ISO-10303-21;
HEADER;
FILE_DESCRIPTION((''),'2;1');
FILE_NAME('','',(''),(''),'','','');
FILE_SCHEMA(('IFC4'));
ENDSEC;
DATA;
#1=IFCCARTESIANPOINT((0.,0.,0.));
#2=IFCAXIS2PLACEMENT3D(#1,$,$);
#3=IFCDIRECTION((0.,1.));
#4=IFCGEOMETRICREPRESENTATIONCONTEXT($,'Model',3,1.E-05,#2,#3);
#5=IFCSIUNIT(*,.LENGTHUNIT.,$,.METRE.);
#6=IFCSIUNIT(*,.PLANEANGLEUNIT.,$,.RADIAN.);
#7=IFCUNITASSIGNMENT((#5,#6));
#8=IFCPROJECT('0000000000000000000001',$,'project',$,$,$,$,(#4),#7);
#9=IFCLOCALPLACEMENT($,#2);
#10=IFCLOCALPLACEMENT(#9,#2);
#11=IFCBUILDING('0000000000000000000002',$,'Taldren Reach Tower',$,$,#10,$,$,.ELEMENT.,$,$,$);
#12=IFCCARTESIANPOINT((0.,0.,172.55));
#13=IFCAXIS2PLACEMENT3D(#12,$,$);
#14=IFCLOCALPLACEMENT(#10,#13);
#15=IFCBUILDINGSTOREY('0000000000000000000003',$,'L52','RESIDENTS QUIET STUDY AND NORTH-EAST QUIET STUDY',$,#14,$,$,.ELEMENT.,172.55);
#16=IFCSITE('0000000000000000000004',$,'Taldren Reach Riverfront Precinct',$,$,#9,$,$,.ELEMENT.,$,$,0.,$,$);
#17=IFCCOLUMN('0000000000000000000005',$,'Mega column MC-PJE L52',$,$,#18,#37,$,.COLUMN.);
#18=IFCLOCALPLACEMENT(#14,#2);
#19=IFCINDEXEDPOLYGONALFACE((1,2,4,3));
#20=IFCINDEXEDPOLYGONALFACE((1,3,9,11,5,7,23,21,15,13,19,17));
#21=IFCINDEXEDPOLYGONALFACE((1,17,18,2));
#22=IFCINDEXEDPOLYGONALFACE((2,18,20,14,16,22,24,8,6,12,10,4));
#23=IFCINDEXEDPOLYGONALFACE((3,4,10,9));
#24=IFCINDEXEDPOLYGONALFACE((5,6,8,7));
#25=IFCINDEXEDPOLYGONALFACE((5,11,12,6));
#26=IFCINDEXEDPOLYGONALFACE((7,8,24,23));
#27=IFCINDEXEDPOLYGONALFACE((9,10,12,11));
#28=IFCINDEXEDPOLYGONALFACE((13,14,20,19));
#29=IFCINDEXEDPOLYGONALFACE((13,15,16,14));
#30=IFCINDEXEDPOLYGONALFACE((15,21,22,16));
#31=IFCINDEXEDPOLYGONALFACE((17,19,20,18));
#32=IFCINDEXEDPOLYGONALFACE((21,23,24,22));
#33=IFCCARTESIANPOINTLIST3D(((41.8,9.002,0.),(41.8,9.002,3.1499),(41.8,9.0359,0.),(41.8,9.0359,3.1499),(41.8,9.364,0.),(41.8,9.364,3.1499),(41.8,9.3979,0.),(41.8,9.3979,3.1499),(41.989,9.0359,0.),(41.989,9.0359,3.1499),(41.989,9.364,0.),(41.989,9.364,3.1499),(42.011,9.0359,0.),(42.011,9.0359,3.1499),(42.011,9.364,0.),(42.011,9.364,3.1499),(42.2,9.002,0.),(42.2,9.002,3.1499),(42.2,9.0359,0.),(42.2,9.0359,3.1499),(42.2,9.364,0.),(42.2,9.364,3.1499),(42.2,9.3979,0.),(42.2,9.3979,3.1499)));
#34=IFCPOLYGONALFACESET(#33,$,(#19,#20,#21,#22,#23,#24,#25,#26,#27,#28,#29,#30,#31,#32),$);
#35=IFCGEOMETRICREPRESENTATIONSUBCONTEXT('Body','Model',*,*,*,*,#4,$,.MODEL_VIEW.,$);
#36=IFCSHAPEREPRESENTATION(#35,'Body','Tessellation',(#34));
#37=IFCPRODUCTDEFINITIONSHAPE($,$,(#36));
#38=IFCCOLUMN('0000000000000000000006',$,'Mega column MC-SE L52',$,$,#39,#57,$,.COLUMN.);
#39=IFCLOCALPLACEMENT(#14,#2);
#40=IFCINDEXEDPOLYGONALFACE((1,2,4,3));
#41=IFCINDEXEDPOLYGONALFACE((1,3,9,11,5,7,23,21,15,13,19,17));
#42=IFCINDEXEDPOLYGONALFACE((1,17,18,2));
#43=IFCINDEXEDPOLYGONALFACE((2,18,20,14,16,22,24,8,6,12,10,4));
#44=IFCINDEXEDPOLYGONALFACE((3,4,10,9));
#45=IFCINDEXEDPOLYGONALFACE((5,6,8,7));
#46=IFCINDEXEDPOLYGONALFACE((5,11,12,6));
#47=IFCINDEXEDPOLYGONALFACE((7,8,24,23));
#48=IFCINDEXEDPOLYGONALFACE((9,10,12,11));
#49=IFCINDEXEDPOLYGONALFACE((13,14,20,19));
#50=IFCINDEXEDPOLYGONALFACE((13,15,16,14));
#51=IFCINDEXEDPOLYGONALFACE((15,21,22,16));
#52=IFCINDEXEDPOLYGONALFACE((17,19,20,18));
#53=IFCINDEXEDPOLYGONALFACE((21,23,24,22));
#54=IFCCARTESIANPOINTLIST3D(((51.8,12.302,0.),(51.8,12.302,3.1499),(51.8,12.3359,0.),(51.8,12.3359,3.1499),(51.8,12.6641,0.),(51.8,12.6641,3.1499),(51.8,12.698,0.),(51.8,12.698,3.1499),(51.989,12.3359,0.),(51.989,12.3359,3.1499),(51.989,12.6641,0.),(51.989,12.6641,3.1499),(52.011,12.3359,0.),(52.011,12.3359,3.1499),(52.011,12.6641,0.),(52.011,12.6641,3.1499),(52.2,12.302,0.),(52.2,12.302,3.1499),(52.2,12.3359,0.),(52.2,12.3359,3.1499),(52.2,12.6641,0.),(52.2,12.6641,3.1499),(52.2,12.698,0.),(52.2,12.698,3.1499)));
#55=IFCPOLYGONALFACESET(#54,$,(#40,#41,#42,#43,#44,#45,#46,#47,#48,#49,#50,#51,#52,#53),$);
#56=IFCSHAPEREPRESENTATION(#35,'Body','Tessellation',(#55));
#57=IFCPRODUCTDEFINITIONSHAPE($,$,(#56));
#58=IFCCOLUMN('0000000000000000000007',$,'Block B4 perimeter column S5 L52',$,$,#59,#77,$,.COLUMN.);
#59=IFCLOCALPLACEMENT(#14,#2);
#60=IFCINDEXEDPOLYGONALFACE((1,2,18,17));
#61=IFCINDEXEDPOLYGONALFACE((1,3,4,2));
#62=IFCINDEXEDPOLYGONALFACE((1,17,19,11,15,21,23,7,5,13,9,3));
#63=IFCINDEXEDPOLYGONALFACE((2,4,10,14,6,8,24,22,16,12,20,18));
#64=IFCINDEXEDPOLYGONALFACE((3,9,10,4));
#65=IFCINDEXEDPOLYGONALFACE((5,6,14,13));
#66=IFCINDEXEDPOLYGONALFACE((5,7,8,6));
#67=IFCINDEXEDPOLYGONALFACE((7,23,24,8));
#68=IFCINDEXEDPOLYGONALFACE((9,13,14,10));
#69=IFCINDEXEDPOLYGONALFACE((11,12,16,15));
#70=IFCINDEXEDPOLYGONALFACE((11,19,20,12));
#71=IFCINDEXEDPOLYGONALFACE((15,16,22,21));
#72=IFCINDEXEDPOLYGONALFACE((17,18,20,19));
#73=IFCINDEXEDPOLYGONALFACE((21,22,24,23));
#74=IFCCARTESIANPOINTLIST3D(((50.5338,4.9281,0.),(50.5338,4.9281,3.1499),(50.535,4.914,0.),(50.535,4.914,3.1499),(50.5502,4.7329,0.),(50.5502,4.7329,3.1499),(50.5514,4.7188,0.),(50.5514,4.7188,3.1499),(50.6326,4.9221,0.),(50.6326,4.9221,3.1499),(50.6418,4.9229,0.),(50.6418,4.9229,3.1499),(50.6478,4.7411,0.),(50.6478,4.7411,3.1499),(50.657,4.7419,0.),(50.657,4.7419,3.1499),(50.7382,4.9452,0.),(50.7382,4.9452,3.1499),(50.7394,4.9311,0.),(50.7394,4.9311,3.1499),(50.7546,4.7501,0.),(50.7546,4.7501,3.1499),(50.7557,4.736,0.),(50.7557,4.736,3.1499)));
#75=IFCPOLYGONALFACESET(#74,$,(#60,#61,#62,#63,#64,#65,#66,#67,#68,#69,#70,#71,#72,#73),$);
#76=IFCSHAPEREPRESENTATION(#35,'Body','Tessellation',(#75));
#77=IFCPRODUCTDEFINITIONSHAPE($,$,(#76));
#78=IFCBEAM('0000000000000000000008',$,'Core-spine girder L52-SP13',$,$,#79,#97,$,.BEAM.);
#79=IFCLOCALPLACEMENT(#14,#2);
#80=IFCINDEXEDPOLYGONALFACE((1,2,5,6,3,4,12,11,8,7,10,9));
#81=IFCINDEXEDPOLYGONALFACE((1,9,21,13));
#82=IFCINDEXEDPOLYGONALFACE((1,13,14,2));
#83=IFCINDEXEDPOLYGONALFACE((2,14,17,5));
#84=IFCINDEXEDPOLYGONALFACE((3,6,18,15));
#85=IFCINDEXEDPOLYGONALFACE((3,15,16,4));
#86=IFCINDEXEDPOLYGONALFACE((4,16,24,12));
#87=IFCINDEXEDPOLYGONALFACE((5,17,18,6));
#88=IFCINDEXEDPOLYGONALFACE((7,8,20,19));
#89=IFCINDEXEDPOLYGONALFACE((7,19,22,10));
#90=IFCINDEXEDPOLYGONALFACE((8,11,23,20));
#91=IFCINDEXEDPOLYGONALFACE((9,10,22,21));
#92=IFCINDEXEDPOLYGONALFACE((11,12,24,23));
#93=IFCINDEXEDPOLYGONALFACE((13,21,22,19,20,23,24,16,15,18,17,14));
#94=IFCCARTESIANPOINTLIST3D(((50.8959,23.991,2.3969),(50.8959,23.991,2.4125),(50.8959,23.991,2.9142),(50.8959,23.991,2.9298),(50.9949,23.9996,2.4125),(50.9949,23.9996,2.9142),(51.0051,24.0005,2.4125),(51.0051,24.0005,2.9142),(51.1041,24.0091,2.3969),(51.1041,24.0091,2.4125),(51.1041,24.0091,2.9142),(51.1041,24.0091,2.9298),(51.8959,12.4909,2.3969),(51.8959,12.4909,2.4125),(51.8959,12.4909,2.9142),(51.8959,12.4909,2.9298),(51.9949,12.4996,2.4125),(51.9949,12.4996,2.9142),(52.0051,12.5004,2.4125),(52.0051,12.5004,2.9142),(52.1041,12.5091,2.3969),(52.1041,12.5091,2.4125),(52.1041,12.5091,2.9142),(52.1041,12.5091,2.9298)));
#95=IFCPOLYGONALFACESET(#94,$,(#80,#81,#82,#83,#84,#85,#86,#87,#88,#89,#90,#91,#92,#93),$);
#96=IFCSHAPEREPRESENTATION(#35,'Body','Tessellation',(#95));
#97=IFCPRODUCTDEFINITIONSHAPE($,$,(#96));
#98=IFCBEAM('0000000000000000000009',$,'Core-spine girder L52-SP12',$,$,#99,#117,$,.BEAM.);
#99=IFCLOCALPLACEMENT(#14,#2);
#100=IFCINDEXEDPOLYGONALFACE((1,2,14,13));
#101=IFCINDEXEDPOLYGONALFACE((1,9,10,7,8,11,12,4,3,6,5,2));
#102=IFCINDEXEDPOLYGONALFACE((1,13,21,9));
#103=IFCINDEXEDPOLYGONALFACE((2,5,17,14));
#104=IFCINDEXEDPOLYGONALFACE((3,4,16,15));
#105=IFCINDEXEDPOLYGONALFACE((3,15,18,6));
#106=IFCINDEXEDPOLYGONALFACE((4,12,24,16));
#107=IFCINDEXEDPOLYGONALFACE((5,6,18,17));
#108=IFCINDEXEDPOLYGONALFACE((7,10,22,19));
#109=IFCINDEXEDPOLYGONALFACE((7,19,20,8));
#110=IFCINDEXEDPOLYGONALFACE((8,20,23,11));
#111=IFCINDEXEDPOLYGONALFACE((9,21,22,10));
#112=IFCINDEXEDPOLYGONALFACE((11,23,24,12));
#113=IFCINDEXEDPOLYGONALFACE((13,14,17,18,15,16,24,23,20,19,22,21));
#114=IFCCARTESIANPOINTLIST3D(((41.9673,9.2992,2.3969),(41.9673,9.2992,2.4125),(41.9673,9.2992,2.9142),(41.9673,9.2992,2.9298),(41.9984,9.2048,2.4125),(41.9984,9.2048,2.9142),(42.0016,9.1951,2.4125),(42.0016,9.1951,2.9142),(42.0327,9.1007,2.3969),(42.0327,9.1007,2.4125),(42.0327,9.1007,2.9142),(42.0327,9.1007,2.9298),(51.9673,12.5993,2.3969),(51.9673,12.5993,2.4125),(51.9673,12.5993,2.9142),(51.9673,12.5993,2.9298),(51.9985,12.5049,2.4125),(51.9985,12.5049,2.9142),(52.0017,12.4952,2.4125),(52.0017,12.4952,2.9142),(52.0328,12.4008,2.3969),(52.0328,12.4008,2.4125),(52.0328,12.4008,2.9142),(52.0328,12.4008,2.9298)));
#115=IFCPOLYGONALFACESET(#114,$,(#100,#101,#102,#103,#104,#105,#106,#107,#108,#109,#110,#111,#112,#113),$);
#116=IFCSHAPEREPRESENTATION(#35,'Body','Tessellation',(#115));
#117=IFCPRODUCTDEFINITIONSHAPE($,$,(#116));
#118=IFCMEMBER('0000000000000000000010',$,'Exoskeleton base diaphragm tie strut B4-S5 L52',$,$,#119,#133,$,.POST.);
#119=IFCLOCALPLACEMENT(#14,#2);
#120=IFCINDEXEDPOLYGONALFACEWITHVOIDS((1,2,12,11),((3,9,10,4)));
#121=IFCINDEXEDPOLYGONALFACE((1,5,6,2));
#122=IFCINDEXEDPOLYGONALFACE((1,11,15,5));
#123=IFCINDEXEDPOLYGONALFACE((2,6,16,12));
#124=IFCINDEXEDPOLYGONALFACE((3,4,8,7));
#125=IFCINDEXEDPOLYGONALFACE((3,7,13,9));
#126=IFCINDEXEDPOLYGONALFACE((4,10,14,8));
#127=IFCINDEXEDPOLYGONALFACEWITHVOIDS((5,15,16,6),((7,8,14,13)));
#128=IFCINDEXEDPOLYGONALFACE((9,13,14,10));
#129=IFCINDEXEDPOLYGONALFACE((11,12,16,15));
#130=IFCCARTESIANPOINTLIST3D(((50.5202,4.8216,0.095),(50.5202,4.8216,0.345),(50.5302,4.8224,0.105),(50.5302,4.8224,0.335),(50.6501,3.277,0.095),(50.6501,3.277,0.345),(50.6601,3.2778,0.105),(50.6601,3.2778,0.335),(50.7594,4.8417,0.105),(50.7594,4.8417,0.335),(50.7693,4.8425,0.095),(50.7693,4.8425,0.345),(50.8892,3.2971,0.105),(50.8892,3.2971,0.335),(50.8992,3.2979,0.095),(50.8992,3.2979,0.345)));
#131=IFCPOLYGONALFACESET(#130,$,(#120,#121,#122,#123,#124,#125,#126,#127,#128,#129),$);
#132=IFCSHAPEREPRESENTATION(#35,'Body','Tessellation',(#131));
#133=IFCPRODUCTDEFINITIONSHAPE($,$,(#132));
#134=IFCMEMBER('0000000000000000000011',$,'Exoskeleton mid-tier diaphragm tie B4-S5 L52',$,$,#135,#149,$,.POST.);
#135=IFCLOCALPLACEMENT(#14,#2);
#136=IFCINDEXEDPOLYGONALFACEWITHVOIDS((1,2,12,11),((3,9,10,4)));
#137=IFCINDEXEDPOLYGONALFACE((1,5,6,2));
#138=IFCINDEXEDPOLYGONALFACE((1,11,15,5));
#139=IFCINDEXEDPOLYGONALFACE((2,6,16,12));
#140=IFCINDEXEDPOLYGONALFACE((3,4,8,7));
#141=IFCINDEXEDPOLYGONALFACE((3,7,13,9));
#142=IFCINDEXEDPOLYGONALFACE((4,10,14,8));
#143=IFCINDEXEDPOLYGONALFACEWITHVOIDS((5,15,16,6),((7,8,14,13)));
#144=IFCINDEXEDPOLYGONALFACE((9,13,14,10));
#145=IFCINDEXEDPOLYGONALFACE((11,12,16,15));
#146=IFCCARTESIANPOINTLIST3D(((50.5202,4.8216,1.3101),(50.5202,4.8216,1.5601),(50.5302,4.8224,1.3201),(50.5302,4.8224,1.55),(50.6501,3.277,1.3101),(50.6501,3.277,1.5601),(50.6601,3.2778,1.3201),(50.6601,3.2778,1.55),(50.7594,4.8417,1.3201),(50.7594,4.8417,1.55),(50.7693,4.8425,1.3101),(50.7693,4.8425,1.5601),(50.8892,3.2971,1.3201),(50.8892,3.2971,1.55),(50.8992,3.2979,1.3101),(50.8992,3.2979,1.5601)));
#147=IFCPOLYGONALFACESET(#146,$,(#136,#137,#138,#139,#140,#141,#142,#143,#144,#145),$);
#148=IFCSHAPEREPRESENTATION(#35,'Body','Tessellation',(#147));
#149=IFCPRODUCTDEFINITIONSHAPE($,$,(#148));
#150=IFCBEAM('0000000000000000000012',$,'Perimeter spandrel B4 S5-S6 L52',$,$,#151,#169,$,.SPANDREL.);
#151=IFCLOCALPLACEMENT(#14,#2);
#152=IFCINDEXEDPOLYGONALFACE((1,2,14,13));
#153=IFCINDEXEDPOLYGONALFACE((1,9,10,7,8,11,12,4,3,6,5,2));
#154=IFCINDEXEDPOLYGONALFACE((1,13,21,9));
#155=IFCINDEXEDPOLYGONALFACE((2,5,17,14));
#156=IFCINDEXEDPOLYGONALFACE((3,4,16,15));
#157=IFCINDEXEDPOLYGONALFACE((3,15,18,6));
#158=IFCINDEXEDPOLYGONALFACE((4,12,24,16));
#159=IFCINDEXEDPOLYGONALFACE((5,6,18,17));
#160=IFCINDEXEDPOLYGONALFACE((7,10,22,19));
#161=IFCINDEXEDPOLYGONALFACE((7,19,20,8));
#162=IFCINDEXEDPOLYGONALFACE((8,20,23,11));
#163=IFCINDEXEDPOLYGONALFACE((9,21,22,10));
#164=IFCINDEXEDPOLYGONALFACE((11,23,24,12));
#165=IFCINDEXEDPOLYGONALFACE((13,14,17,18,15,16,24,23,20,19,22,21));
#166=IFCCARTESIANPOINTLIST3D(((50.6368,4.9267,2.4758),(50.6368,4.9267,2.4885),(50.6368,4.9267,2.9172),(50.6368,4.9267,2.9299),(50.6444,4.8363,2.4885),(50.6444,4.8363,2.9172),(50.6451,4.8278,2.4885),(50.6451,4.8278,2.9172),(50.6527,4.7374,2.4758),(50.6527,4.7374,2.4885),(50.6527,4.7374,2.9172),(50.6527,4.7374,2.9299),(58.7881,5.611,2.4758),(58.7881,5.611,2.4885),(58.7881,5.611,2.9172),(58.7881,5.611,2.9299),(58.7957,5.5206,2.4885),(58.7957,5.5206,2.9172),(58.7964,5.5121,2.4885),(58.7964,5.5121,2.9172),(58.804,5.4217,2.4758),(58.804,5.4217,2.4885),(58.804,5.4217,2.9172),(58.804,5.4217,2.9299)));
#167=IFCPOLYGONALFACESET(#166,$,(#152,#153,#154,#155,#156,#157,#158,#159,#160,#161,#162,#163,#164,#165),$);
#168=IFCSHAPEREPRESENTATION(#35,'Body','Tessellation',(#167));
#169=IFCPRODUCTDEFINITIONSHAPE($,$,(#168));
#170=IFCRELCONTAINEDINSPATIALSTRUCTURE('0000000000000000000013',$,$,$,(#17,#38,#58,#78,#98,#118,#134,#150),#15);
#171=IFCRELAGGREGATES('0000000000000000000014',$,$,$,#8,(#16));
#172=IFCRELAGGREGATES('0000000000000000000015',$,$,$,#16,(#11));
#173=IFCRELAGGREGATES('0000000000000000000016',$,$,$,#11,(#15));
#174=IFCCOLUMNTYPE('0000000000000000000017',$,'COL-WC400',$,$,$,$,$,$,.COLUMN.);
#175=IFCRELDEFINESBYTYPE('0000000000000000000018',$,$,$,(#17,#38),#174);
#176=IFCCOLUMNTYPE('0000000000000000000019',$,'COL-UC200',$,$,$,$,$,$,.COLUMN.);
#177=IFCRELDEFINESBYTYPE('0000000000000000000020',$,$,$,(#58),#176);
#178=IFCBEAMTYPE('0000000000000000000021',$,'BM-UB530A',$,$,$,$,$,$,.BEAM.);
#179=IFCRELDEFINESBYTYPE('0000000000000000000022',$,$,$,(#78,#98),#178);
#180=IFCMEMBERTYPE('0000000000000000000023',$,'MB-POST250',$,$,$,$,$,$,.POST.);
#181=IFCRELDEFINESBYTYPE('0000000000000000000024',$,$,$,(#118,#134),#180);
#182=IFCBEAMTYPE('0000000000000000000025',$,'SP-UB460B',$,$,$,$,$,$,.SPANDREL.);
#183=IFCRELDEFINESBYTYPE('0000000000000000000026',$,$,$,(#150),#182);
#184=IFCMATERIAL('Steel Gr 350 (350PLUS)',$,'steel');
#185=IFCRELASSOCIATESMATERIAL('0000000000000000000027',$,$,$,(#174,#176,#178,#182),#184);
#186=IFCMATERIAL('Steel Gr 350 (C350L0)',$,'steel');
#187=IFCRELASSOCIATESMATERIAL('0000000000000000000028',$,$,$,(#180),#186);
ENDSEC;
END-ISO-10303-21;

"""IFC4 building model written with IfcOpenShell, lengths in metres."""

from ifc_helpers import new_model, si_unit, direction, frame, origin, origin_2d, place, context, subcontext, project, spatial, hollow_rectangle, i_section, extrude, source, transform, mapped, material, material_profile, profile_set, type_object, element, save


model = new_model("IFC4")

# Units and contexts
model_context = context("Model", 3, precision=1e-05, world=origin(), true_north=direction((0.0, 1.0)))
body_context = subcontext(model_context, "Body", "Model", "MODEL_VIEW")
ifc_project = project(units=[si_unit("LENGTHUNIT", "METRE"), si_unit("PLANEANGLEUNIT", "RADIAN")], contexts=[model_context])

# Site, building, storey
site_placement = place(None, origin())
site = spatial("IfcSite", under=ifc_project, at=site_placement, Name="Taldren Reach Riverfront Precinct", CompositionType="ELEMENT", RefElevation=0.0)
building_placement = place(site_placement, origin())
building = spatial("IfcBuilding", under=site, at=building_placement, Name="Taldren Reach Tower", CompositionType="ELEMENT")
storey_placement = place(building_placement, frame((0.0, 0.0, 172.55)))
storey = spatial("IfcBuildingStorey", under=building, at=storey_placement, Name="L52", Description="RESIDENTS QUIET STUDY AND NORTH-EAST QUIET STUDY", CompositionType="ELEMENT", Elevation=172.55)

# Columns
ifc_material_1 = material(Name="Steel Gr 350 (350PLUS)", Category="steel")
ifc_material_profile_1 = material_profile(ifc_material_1, i_section(OverallWidth=0.3999, OverallDepth=0.396, WebThickness=0.022, FlangeThickness=0.0339, at=origin_2d()), Name="400WC270")
ifc_profile_set_1 = profile_set([ifc_material_profile_1], Name="Steel Gr 350 (350PLUS)")
column_type_1 = type_object("IfcColumnType", Name="COL-WC400", PredefinedType="COLUMN", material=ifc_profile_set_1)
shared_shape_1 = source(origin(), body_context, "Body", "SweptSolid", [
    extrude(i_section(OverallWidth=0.3999, OverallDepth=0.396, WebThickness=0.022, FlangeThickness=0.0339, at=origin_2d()), origin(), (0.0, 0.0, 1.0), 3.1499),
])
for number, where, z_axis, x_axis, name in (
    (1, (42.0, 9.2, 0.0), (0.0, 0.0, 1.0), (1.0, 0.0, 0.0), "Mega column MC-PJE L52"),
    (2, (52.0, 12.5, 0.0), (0.0, 0.0, 1.0), (1.0, 0.0, 0.0), "Mega column MC-SE L52"),
):
    element("IfcColumn", number, at=place(storey_placement, frame(where, z_axis=z_axis, x_axis=x_axis)), inside=storey, type_object=column_type_1, Name=name, PredefinedType="COLUMN", context=body_context, shape_type="MappedRepresentation", body=[
        mapped(shared_shape_1, transform((0.0, 0.0, 0.0), scale=1.0)),
    ])
ifc_material_profile_2 = material_profile(ifc_material_1, i_section(OverallWidth=0.2051, OverallDepth=0.21, WebThickness=0.0093, FlangeThickness=0.0142, at=origin_2d()), Name="200UC59.5")
ifc_profile_set_2 = profile_set([ifc_material_profile_2], Name="Steel Gr 350 (350PLUS)")
column_type_2 = type_object("IfcColumnType", Name="COL-UC200", PredefinedType="COLUMN", material=ifc_profile_set_2)
shared_shape_2 = source(origin(), body_context, "Body", "SweptSolid", [
    extrude(i_section(OverallWidth=0.2051, OverallDepth=0.21, WebThickness=0.0093, FlangeThickness=0.0142, at=origin_2d()), origin(), (0.0, 0.0, 1.0), 3.1499),
])
column_placement = place(storey_placement, frame((50.6448, 4.832, 0.0), z_axis=(0.0, 0.0, 1.0), x_axis=(0.996493, 0.083678, 0.0)))
element("IfcColumn", 3, at=column_placement, inside=storey, type_object=column_type_2, Name="Block B4 perimeter column S5 L52", PredefinedType="COLUMN", context=body_context, shape_type="MappedRepresentation", body=[
    mapped(shared_shape_2, transform((0.0, 0.0, 0.0), scale=1.0)),
])

# Beams
ifc_material_profile_3 = material_profile(ifc_material_1, i_section(OverallWidth=0.209, OverallDepth=0.533, WebThickness=0.0103, FlangeThickness=0.0156, at=origin_2d()), Name="530UB92.4")
ifc_profile_set_3 = profile_set([ifc_material_profile_3], Name="Steel Gr 350 (350PLUS)")
beam_type_1 = type_object("IfcBeamType", Name="BM-UB530A", PredefinedType="BEAM", material=ifc_profile_set_3)
shared_shape_3 = source(origin(), body_context, "Body", "SweptSolid", [
    extrude(i_section(OverallWidth=0.209, OverallDepth=0.533, WebThickness=0.0103, FlangeThickness=0.0156, at=origin_2d()), origin(), (0.0, 0.0, 1.0), 11.5435),
])
beam_1_placement = place(storey_placement, frame((52.0, 12.5, 2.6633), z_axis=(-0.08663, 0.996241, 0.0), x_axis=(-0.996241, -0.08663, 0.0)))
element("IfcBeam", 4, at=beam_1_placement, inside=storey, type_object=beam_type_1, Name="Core-spine girder L52-SP13", PredefinedType="BEAM", context=body_context, shape_type="MappedRepresentation", body=[
    mapped(shared_shape_3, transform((0.0, 0.0, 0.0), scale=1.0)),
])
shared_shape_4 = source(origin(), body_context, "Body", "SweptSolid", [
    extrude(i_section(OverallWidth=0.209, OverallDepth=0.533, WebThickness=0.0103, FlangeThickness=0.0156, at=origin_2d()), origin(), (0.0, 0.0, 1.0), 10.5305),
])
beam_2_placement = place(storey_placement, frame((42.0, 9.2, 2.6633), z_axis=(0.949627, 0.313382, 0.0), x_axis=(-0.313382, 0.949627, 0.0)))
element("IfcBeam", 5, at=beam_2_placement, inside=storey, type_object=beam_type_1, Name="Core-spine girder L52-SP12", PredefinedType="BEAM", context=body_context, shape_type="MappedRepresentation", body=[
    mapped(shared_shape_4, transform((0.0, 0.0, 0.0), scale=1.0)),
])

# Members
ifc_material_2 = material(Name="Steel Gr 350 (C350L0)", Category="steel")
ifc_material_profile_4 = material_profile(ifc_material_2, hollow_rectangle(XDim=0.25, YDim=0.25, WallThickness=0.01, at=origin_2d()), Name="250x250x10.0SHS")
ifc_profile_set_4 = profile_set([ifc_material_profile_4], Name="Steel Gr 350 (C350L0)")
member_type_1 = type_object("IfcMemberType", Name="MB-POST250", PredefinedType="POST", material=ifc_profile_set_4)
shared_shape_5 = source(origin(), body_context, "Body", "SweptSolid", [
    extrude(hollow_rectangle(XDim=0.25, YDim=0.25, WallThickness=0.01, at=origin_2d()), origin(), (0.0, 0.0, 1.0), 1.55),
])
for number, where, z_axis, x_axis, name in (
    (6, (50.6448, 4.832, 0.22), (0.083788, -0.996484, 0.0), (0.996484, 0.083788, 0.0), "Exoskeleton base diaphragm tie strut B4-S5 L52"),
    (7, (50.6448, 4.832, 1.4351), (0.083788, -0.996484, 0.0), (0.996484, 0.083788, 0.0), "Exoskeleton mid-tier diaphragm tie B4-S5 L52"),
):
    element("IfcMember", number, at=place(storey_placement, frame(where, z_axis=z_axis, x_axis=x_axis)), inside=storey, type_object=member_type_1, Name=name, PredefinedType="POST", context=body_context, shape_type="MappedRepresentation", body=[
        mapped(shared_shape_5, transform((0.0, 0.0, 0.0), scale=1.0)),
    ])

# Beam
ifc_material_profile_5 = material_profile(ifc_material_1, i_section(OverallWidth=0.1899, OverallDepth=0.4541, WebThickness=0.0085, FlangeThickness=0.0127, at=origin_2d()), Name="460UB67.1")
ifc_profile_set_5 = profile_set([ifc_material_profile_5], Name="Steel Gr 350 (350PLUS)")
beam_type_2 = type_object("IfcBeamType", Name="SP-UB460B", PredefinedType="SPANDREL", material=ifc_profile_set_5)
shared_shape_6 = source(origin(), body_context, "Body", "SweptSolid", [
    extrude(i_section(OverallWidth=0.1899, OverallDepth=0.4541, WebThickness=0.0085, FlangeThickness=0.0127, at=origin_2d()), origin(), (0.0, 0.0, 1.0), 8.1799),
])
beam_3_placement = place(storey_placement, frame((50.6448, 4.832, 2.7029), z_axis=(0.996495, 0.083658, 0.0), x_axis=(-0.083658, 0.996495, 0.0)))
element("IfcBeam", 8, at=beam_3_placement, inside=storey, type_object=beam_type_2, Name="Perimeter spandrel B4 S5-S6 L52", PredefinedType="SPANDREL", context=body_context, shape_type="MappedRepresentation", body=[
    mapped(shared_shape_6, transform((0.0, 0.0, 0.0), scale=1.0)),
])

save(model, "model.ifc")
